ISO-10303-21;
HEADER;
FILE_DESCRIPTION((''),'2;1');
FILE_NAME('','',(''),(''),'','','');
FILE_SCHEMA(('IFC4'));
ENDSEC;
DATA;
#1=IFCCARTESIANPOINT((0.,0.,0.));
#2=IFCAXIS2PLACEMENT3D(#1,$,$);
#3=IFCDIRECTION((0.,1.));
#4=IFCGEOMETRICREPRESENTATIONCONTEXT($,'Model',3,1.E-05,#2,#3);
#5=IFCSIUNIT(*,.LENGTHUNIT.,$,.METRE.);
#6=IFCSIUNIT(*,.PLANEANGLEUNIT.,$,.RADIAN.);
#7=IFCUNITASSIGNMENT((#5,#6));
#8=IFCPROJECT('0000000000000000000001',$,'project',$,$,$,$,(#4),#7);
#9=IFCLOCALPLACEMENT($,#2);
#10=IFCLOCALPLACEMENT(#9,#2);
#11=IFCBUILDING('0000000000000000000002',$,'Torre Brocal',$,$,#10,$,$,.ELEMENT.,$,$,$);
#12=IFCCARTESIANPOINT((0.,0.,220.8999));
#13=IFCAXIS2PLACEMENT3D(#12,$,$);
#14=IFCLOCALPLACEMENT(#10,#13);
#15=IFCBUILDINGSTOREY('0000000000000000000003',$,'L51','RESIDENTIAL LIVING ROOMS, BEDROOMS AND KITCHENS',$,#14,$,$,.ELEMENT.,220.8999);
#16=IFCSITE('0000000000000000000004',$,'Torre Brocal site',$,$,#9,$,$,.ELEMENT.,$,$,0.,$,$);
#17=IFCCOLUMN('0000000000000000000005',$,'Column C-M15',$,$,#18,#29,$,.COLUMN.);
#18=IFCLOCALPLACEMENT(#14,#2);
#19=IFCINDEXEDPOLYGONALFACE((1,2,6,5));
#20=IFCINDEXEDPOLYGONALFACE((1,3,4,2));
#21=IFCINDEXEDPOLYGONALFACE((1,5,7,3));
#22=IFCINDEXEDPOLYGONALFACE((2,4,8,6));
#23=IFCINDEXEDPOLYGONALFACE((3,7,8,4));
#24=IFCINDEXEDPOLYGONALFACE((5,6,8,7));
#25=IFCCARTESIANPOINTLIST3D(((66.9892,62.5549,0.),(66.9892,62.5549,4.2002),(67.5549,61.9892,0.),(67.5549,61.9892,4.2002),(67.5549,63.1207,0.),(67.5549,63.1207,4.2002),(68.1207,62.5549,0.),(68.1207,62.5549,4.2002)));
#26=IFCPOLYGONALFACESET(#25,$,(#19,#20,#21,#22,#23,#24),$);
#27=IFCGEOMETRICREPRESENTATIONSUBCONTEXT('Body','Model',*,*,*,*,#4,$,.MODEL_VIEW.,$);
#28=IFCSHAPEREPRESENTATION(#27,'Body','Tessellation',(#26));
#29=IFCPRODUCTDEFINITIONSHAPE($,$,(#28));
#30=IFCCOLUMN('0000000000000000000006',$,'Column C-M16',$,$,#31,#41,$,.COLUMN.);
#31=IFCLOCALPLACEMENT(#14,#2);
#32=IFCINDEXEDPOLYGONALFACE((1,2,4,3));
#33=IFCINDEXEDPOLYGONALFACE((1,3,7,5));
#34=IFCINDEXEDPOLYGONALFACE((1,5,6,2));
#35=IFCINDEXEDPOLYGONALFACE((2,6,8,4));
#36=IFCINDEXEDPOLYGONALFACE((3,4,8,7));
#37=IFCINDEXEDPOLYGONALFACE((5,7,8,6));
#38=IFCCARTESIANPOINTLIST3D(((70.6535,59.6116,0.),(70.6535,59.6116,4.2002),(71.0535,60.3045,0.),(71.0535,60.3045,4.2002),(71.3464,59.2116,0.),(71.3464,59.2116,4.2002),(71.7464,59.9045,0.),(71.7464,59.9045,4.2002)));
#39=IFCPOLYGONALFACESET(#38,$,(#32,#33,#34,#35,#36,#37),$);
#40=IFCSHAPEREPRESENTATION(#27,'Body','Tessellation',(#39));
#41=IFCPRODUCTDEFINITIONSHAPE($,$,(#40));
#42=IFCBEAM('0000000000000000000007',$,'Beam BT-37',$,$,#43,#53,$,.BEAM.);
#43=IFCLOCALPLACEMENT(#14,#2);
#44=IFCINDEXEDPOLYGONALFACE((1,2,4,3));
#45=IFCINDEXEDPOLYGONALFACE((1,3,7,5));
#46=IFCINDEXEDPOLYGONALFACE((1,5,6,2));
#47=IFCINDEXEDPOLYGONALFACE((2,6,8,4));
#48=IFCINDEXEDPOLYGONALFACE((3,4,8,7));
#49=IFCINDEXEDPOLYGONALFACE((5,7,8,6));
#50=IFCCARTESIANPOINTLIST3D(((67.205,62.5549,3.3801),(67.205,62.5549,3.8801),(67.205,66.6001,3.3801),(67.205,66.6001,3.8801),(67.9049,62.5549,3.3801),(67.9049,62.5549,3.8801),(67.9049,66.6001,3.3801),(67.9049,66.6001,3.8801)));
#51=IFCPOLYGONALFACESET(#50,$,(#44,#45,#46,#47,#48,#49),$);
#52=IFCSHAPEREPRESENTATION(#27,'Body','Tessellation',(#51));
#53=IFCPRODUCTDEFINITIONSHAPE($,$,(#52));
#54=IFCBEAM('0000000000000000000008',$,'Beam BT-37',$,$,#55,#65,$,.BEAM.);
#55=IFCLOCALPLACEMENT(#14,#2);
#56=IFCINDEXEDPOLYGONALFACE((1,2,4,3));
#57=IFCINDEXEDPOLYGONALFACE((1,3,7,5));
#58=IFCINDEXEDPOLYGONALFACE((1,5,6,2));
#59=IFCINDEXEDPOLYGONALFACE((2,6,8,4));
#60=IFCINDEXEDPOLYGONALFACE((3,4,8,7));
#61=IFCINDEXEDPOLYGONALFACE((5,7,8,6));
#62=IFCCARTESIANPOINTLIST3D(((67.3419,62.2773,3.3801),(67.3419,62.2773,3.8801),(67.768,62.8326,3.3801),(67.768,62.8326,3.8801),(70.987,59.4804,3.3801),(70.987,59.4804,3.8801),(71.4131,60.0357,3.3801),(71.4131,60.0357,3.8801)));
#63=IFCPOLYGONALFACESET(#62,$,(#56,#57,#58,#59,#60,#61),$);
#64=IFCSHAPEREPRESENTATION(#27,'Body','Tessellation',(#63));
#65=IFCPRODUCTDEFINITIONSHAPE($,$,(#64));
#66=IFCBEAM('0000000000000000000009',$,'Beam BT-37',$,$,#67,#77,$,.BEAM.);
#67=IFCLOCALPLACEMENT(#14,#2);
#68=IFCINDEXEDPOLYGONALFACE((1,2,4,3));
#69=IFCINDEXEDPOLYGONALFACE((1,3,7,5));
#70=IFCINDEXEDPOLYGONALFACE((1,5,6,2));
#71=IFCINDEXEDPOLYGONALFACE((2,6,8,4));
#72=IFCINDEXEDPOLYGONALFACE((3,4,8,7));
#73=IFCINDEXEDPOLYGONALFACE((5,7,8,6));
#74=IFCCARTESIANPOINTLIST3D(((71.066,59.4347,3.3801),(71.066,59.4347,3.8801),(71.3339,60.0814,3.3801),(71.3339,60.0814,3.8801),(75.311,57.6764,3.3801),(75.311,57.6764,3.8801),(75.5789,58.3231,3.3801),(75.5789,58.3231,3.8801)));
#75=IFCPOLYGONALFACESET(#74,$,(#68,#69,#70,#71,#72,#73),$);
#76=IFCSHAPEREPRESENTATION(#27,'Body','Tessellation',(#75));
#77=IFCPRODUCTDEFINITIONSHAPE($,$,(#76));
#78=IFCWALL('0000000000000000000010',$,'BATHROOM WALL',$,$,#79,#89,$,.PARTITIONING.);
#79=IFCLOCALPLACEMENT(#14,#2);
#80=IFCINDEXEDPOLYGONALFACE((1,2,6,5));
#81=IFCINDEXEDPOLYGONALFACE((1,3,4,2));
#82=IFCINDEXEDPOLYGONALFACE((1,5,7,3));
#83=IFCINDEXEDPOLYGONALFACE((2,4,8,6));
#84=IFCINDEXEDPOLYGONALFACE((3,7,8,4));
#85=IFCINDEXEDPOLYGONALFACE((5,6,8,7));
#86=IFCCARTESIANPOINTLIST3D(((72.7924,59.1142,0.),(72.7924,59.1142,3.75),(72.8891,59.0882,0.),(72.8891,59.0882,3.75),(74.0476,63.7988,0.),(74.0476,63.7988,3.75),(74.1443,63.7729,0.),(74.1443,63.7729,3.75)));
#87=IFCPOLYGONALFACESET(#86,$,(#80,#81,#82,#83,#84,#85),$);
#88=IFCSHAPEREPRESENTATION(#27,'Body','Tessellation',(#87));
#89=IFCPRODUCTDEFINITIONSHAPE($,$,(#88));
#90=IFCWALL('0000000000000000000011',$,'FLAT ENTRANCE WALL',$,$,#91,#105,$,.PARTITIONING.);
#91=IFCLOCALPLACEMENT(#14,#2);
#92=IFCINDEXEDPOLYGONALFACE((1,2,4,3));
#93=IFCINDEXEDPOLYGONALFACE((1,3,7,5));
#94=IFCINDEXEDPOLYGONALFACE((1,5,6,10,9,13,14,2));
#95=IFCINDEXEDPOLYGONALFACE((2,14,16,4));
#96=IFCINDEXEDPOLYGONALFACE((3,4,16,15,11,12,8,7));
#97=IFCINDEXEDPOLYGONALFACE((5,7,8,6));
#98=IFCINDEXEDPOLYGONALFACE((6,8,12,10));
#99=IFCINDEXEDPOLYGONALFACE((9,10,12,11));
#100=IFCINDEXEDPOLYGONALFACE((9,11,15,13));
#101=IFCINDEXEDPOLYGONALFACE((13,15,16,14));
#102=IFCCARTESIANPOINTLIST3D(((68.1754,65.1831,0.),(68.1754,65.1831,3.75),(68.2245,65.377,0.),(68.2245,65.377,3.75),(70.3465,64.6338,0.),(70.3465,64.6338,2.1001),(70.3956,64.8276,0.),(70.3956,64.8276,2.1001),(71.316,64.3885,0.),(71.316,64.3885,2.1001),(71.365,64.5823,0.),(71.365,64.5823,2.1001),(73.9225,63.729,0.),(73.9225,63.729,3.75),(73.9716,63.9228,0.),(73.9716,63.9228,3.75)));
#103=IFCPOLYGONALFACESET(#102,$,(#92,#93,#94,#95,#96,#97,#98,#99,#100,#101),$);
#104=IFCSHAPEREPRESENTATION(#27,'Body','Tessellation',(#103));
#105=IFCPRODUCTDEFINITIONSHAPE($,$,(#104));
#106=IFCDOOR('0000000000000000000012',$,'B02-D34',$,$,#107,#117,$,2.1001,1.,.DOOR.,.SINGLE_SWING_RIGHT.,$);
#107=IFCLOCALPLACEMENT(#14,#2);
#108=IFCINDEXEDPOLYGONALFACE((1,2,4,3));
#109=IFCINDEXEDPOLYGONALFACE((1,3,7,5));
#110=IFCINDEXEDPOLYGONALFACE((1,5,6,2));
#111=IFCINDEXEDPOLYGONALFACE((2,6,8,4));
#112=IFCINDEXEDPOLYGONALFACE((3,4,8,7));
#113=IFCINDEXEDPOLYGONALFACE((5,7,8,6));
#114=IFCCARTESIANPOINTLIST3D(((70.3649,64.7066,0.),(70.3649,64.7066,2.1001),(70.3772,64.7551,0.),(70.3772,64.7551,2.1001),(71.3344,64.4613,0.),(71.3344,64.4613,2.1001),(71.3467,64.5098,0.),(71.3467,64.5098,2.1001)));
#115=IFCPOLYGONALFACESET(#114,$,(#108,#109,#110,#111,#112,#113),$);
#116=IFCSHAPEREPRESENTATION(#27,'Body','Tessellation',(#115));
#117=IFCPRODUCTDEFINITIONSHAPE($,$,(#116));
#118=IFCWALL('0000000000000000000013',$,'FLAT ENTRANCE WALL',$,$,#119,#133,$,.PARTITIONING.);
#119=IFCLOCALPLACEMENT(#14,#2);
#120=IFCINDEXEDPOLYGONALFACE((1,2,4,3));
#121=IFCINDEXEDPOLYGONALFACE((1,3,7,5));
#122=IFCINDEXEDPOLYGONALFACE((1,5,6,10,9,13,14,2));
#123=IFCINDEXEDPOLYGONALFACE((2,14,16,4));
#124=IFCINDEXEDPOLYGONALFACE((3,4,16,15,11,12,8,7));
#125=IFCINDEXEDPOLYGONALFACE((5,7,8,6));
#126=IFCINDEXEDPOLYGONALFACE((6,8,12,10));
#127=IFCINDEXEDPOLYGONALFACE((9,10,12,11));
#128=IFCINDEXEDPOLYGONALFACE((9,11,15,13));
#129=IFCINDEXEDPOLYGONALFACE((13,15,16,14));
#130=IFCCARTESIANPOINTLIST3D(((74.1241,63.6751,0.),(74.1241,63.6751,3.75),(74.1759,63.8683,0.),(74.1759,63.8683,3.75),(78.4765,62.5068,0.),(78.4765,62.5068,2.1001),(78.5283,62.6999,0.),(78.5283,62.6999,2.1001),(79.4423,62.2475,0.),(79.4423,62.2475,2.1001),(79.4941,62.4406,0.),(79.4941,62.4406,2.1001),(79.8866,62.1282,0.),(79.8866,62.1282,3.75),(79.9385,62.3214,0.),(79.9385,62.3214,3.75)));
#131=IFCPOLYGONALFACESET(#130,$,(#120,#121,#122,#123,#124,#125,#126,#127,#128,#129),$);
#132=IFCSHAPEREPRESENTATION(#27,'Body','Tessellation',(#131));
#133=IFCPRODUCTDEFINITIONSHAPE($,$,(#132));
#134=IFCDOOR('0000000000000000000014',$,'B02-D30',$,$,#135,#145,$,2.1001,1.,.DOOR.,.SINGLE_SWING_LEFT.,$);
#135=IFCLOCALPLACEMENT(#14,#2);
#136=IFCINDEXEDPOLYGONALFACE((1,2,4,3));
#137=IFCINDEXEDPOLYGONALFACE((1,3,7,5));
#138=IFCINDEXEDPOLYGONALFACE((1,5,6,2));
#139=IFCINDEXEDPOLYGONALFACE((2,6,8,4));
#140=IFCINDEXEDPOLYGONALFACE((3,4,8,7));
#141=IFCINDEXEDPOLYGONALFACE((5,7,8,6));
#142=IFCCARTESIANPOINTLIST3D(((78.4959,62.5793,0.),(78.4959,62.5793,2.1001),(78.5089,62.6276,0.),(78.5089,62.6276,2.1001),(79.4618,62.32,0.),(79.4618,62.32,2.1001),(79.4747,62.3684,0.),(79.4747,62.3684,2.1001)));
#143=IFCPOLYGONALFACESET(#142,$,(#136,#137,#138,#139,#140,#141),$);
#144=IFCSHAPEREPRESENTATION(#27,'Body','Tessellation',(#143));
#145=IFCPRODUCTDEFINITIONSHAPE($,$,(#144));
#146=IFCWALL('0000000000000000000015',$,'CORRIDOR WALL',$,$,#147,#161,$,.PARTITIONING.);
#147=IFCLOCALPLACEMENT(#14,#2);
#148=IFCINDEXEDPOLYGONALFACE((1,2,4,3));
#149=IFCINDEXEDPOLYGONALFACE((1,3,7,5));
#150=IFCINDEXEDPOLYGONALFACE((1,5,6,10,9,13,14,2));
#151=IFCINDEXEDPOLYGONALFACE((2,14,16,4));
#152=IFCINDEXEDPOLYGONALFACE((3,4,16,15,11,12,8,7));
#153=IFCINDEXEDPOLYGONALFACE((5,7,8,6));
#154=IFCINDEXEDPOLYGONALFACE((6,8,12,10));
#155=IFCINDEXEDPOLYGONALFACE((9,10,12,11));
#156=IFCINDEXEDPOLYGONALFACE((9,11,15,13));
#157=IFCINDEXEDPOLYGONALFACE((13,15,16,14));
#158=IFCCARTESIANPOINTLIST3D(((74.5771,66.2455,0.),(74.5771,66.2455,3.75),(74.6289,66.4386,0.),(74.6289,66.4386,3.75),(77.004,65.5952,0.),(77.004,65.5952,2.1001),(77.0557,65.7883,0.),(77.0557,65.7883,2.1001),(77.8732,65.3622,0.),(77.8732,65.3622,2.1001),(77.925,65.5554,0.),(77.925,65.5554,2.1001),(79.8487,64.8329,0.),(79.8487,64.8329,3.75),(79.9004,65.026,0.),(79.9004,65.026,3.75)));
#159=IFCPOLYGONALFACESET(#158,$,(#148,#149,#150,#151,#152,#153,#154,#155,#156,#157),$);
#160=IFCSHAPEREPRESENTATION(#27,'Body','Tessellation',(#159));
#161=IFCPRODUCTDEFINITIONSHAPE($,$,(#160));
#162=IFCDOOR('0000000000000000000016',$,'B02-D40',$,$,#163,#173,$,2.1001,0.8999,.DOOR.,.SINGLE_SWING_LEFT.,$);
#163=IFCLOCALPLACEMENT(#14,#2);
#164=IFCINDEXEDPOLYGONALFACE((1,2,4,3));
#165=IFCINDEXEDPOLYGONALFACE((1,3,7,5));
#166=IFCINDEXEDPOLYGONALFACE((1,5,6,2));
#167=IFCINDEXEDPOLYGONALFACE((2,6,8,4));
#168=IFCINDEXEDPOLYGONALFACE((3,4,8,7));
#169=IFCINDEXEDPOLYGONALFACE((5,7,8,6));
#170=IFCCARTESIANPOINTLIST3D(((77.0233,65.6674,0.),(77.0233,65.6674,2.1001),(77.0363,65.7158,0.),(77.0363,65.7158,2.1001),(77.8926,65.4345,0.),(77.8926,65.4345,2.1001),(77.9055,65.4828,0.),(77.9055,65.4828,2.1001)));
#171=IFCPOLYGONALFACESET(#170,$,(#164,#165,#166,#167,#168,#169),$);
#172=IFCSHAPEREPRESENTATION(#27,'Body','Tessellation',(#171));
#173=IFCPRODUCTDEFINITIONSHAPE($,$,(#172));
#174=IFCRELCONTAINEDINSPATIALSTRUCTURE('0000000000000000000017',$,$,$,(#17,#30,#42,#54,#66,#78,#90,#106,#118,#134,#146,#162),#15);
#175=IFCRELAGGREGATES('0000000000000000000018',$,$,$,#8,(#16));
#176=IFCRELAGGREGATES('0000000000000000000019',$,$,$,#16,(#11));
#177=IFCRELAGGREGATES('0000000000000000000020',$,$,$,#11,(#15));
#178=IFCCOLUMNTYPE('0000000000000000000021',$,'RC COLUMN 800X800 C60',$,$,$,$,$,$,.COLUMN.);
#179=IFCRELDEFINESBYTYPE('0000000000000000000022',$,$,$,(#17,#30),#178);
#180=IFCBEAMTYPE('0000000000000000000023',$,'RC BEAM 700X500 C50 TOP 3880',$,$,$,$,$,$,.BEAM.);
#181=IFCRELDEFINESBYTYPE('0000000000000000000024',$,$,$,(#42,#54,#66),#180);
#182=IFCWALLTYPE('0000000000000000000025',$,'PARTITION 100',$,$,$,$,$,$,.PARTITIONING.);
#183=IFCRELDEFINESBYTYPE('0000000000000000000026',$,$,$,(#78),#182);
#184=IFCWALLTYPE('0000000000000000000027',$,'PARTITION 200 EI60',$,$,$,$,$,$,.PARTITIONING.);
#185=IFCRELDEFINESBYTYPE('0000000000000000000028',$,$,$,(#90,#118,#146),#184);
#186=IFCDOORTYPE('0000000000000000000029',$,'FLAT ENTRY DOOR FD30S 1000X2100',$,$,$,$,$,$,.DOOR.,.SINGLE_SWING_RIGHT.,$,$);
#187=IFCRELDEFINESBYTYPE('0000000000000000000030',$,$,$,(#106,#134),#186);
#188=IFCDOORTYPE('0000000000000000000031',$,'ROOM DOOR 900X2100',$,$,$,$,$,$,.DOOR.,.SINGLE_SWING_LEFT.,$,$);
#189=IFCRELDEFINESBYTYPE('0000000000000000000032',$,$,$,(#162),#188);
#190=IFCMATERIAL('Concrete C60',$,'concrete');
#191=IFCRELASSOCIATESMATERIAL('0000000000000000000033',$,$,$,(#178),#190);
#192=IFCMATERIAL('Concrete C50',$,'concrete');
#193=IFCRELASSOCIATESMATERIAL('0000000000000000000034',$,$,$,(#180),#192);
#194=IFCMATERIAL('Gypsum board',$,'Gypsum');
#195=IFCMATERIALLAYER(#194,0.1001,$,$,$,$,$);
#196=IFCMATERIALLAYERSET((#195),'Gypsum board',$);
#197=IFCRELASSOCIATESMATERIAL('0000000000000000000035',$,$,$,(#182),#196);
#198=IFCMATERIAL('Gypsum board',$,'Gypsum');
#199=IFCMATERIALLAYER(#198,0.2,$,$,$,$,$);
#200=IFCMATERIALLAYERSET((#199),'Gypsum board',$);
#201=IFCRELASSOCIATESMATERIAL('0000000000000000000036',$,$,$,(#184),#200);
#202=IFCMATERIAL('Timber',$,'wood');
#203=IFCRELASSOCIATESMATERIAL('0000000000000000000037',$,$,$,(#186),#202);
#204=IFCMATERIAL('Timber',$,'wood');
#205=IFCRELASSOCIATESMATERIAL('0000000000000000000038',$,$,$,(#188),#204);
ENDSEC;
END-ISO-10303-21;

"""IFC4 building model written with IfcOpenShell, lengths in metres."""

from ifc_helpers import new_model, si_unit, direction, frame, frame_2d, origin, origin_2d, place, context, subcontext, project, spatial, rectangle, extrude, material, layer, layer_set, material_profile, profile_set, type_object, element, fill, save


model = new_model("IFC4")

# Units and contexts
model_context = context("Model", 3, precision=1e-05, world=origin(), true_north=direction((0.0, 1.0)))
body_context = subcontext(model_context, "Body", "Model", "MODEL_VIEW")
ifc_project = project(units=[si_unit("LENGTHUNIT", "METRE"), si_unit("PLANEANGLEUNIT", "RADIAN")], contexts=[model_context])

# Site, building, storey
site_placement = place(None, origin())
site = spatial("IfcSite", under=ifc_project, at=site_placement, Name="Torre Brocal site", CompositionType="ELEMENT", RefElevation=0.0)
building_placement = place(site_placement, origin())
building = spatial("IfcBuilding", under=site, at=building_placement, Name="Torre Brocal", CompositionType="ELEMENT")
storey_placement = place(building_placement, frame((0.0, 0.0, 220.8999)))
storey = spatial("IfcBuildingStorey", under=building, at=storey_placement, Name="L51", Description="RESIDENTIAL LIVING ROOMS, BEDROOMS AND KITCHENS", CompositionType="ELEMENT", Elevation=220.8999)

# Columns
ifc_material_1 = material(Name="Concrete C60", Category="concrete")
ifc_material_profile_1 = material_profile(ifc_material_1, rectangle(XDim=0.8, YDim=0.8, at=origin_2d()), Name="RC 800X800")
ifc_profile_set_1 = profile_set([ifc_material_profile_1], Name="Concrete C60")
column_type = type_object("IfcColumnType", Name="RC COLUMN 800X800 C60", PredefinedType="COLUMN", material=ifc_profile_set_1)
for number, where, z_axis, x_axis, name in (
    (1, (67.5549, 62.5549, 0.0), (0.0, 0.0, 1.0), (-0.707107, -0.707107, 0.0), "Column C-M15"),
    (2, (71.2, 59.7581, 0.0), (0.0, 0.0, 1.0), (-0.5, -0.866025, 0.0), "Column C-M16"),
):
    element("IfcColumn", number, at=place(storey_placement, frame(where, z_axis=z_axis, x_axis=x_axis)), inside=storey, type_object=column_type, Name=name, PredefinedType="COLUMN", context=body_context, shape_type="SweptSolid", body=[
        extrude(rectangle(XDim=0.8, YDim=0.8, at=origin_2d()), origin(), (0.0, 0.0, 1.0), 4.2002),
    ])

# Beams
ifc_material_2 = material(Name="Concrete C50", Category="concrete")
ifc_material_profile_2 = material_profile(ifc_material_2, rectangle(XDim=0.7, YDim=0.5, at=origin_2d()), Name="RC 700X500")
ifc_profile_set_2 = profile_set([ifc_material_profile_2], Name="Concrete C50")
beam_type = type_object("IfcBeamType", Name="RC BEAM 700X500 C50 TOP 3880", PredefinedType="BEAM", material=ifc_profile_set_2)
beam_1_placement = place(storey_placement, frame((67.5549, 62.5549, 3.6301), z_axis=(0.0, 1.0, 0.0), x_axis=(-1.0, 0.0, 0.0)))
element("IfcBeam", 3, at=beam_1_placement, inside=storey, type_object=beam_type, Name="Beam BT-37", PredefinedType="BEAM", context=body_context, shape_type="SweptSolid", body=[
    extrude(rectangle(XDim=0.7, YDim=0.5, at=origin_2d()), origin(), (0.0, 0.0, 1.0), 4.0452),
])
beam_2_placement = place(storey_placement, frame((67.5549, 62.5549, 3.6301), z_axis=(0.793358, -0.608755, 0.0), x_axis=(0.608755, 0.793358, 0.0)))
element("IfcBeam", 4, at=beam_2_placement, inside=storey, type_object=beam_type, Name="Beam BT-37", PredefinedType="BEAM", context=body_context, shape_type="SweptSolid", body=[
    extrude(rectangle(XDim=0.7, YDim=0.5, at=origin_2d()), origin(), (0.0, 0.0, 1.0), 4.5945),
])
beam_3_placement = place(storey_placement, frame((71.2, 59.7581, 3.6301), z_axis=(0.923878, -0.382687, 0.0), x_axis=(0.382687, 0.923878, 0.0)))
element("IfcBeam", 5, at=beam_3_placement, inside=storey, type_object=beam_type, Name="Beam BT-37", PredefinedType="BEAM", context=body_context, shape_type="SweptSolid", body=[
    extrude(rectangle(XDim=0.7, YDim=0.5, at=origin_2d()), origin(), (0.0, 0.0, 1.0), 4.5947),
])

# Wall
ifc_material_3 = material(Name="Gypsum board", Category="Gypsum")
ifc_layer_1 = layer(ifc_material_3, 0.1001)
ifc_layer_set_1 = layer_set([ifc_layer_1], Name="Gypsum board")
wall_type_1 = type_object("IfcWallType", Name="PARTITION 100", PredefinedType="PARTITIONING", material=ifc_layer_set_1)
wall_1_placement = place(storey_placement, frame((72.8408, 59.1013, 0.0), z_axis=(0.0, 0.0, 1.0), x_axis=(0.2588, 0.965931, 0.0)))
element("IfcWall", 6, at=wall_1_placement, inside=storey, type_object=wall_type_1, Name="BATHROOM WALL", PredefinedType="PARTITIONING", context=body_context, shape_type="SweptSolid", body=[
    extrude(rectangle(XDim=4.8499, YDim=0.1001, at=frame_2d((2.4248, 0.0))), origin(), (0.0, 0.0, 1.0), 3.75),
])

# Walls, openings, doors
ifc_material_4 = material(Name="Gypsum board", Category="Gypsum")
ifc_layer_2 = layer(ifc_material_4, 0.2)
ifc_layer_set_2 = layer_set([ifc_layer_2], Name="Gypsum board")
wall_type_2 = type_object("IfcWallType", Name="PARTITION 200 EI60", PredefinedType="PARTITIONING", material=ifc_layer_set_2)
wall_2_placement = place(storey_placement, frame((68.2, 65.28, 0.0), z_axis=(0.0, 0.0, 1.0), x_axis=(0.969451, -0.245287, 0.0)))
wall_2 = element("IfcWall", 7, at=wall_2_placement, inside=storey, type_object=wall_type_2, Name="FLAT ENTRANCE WALL", PredefinedType="PARTITIONING", context=body_context, shape_type="SweptSolid", body=[
    extrude(rectangle(XDim=5.9282, YDim=0.2, at=frame_2d((2.9641, 0.0))), origin(), (0.0, 0.0, 1.0), 3.75),
])
opening_1_placement = place(wall_2_placement, frame((2.2395, 0.0, 0.0)))
opening_1 = element("IfcOpeningElement", 8, at=opening_1_placement, cuts=wall_2, PredefinedType="OPENING", context=body_context, shape_type="SweptSolid", body=[
    extrude(rectangle(XDim=1.0, YDim=2.1001, at=frame_2d((0.5, 1.05))), frame((0.0, 0.1099, 0.0), z_axis=(0.0, -1.0, 0.0), x_axis=(1.0, 0.0, 0.0)), (0.0, 0.0, 1.0), 0.22),
])
ifc_material_5 = material(Name="Timber", Category="wood")
door_type_1 = type_object("IfcDoorType", Name="FLAT ENTRY DOOR FD30S 1000X2100", OperationType="SINGLE_SWING_RIGHT", PredefinedType="DOOR", material=ifc_material_5)
door_1_placement = place(opening_1_placement, frame((1.0, 0.0, 0.0), z_axis=(0.0, 0.0, 1.0), x_axis=(-1.0, 0.0, 0.0)))
door_1 = element("IfcDoor", 9, at=door_1_placement, inside=storey, type_object=door_type_1, Name="B02-D34", OperationType="SINGLE_SWING_RIGHT", OverallHeight=2.1001, OverallWidth=1.0, PredefinedType="DOOR", context=body_context, shape_type="SweptSolid", body=[
    extrude(rectangle(XDim=1.0, YDim=2.1001, at=frame_2d((0.5, 1.05))), frame((0.0, 0.0249, 0.0), z_axis=(0.0, -1.0, 0.0), x_axis=(1.0, 0.0, 0.0)), (0.0, 0.0, 1.0), 0.05),
])
fill(opening_1, door_1)
wall_3_placement = place(storey_placement, frame((74.1499, 63.7717, 0.0), z_axis=(0.0, 0.0, 1.0), x_axis=(0.965807, -0.259262, 0.0)))
wall_3 = element("IfcWall", 10, at=wall_3_placement, inside=storey, type_object=wall_type_2, Name="FLAT ENTRANCE WALL", PredefinedType="PARTITIONING", context=body_context, shape_type="SweptSolid", body=[
    extrude(rectangle(XDim=5.9666, YDim=0.2, at=frame_2d((2.9834, 0.0))), origin(), (0.0, 0.0, 1.0), 3.75),
])
opening_2_placement = place(wall_3_placement, frame((4.5066, 0.0, 0.0)))
opening_2 = element("IfcOpeningElement", 11, at=opening_2_placement, cuts=wall_3, PredefinedType="OPENING", context=body_context, shape_type="SweptSolid", body=[
    extrude(rectangle(XDim=1.0, YDim=2.1001, at=frame_2d((0.5, 1.05))), frame((0.0, 0.1099, 0.0), z_axis=(0.0, -1.0, 0.0), x_axis=(1.0, 0.0, 0.0)), (0.0, 0.0, 1.0), 0.22),
])
door_2_placement = place(opening_2_placement, frame((1.0, 0.0, 0.0), z_axis=(0.0, 0.0, 1.0), x_axis=(-1.0, 0.0, 0.0)))
door_2 = element("IfcDoor", 12, at=door_2_placement, inside=storey, type_object=door_type_1, Name="B02-D30", OperationType="SINGLE_SWING_LEFT", OverallHeight=2.1001, OverallWidth=1.0, PredefinedType="DOOR", context=body_context, shape_type="SweptSolid", body=[
    extrude(rectangle(XDim=1.0, YDim=2.1001, at=frame_2d((0.5, 1.05))), frame((0.0, 0.0249, 0.0), z_axis=(0.0, -1.0, 0.0), x_axis=(1.0, 0.0, 0.0)), (0.0, 0.0, 1.0), 0.05),
])
fill(opening_2, door_2)
wall_4_placement = place(storey_placement, frame((74.603, 66.342, 0.0), z_axis=(0.0, 0.0, 1.0), x_axis=(0.965921, -0.258837, 0.0)))
wall_4 = element("IfcWall", 13, at=wall_4_placement, inside=storey, type_object=wall_type_2, Name="CORRIDOR WALL", PredefinedType="PARTITIONING", context=body_context, shape_type="SweptSolid", body=[
    extrude(rectangle(XDim=5.4575, YDim=0.2, at=frame_2d((2.7288, 0.0))), origin(), (0.0, 0.0, 1.0), 3.75),
])
opening_3_placement = place(wall_4_placement, frame((2.5125, 0.0, 0.0)))
opening_3 = element("IfcOpeningElement", 14, at=opening_3_placement, cuts=wall_4, PredefinedType="OPENING", context=body_context, shape_type="SweptSolid", body=[
    extrude(rectangle(XDim=0.8999, YDim=2.1001, at=frame_2d((0.45, 1.05))), frame((0.0, 0.1099, 0.0), z_axis=(0.0, -1.0, 0.0), x_axis=(1.0, 0.0, 0.0)), (0.0, 0.0, 1.0), 0.22),
])
ifc_material_6 = material(Name="Timber", Category="wood")
door_type_2 = type_object("IfcDoorType", Name="ROOM DOOR 900X2100", OperationType="SINGLE_SWING_LEFT", PredefinedType="DOOR", material=ifc_material_6)
door_3_placement = place(opening_3_placement, origin())
door_3 = element("IfcDoor", 15, at=door_3_placement, inside=storey, type_object=door_type_2, Name="B02-D40", OperationType="SINGLE_SWING_LEFT", OverallHeight=2.1001, OverallWidth=0.8999, PredefinedType="DOOR", context=body_context, shape_type="SweptSolid", body=[
    extrude(rectangle(XDim=0.8999, YDim=2.1001, at=frame_2d((0.45, 1.05))), frame((0.0, 0.0249, 0.0), z_axis=(0.0, -1.0, 0.0), x_axis=(1.0, 0.0, 0.0)), (0.0, 0.0, 1.0), 0.05),
])
fill(opening_3, door_3)

save(model, "model.ifc")
